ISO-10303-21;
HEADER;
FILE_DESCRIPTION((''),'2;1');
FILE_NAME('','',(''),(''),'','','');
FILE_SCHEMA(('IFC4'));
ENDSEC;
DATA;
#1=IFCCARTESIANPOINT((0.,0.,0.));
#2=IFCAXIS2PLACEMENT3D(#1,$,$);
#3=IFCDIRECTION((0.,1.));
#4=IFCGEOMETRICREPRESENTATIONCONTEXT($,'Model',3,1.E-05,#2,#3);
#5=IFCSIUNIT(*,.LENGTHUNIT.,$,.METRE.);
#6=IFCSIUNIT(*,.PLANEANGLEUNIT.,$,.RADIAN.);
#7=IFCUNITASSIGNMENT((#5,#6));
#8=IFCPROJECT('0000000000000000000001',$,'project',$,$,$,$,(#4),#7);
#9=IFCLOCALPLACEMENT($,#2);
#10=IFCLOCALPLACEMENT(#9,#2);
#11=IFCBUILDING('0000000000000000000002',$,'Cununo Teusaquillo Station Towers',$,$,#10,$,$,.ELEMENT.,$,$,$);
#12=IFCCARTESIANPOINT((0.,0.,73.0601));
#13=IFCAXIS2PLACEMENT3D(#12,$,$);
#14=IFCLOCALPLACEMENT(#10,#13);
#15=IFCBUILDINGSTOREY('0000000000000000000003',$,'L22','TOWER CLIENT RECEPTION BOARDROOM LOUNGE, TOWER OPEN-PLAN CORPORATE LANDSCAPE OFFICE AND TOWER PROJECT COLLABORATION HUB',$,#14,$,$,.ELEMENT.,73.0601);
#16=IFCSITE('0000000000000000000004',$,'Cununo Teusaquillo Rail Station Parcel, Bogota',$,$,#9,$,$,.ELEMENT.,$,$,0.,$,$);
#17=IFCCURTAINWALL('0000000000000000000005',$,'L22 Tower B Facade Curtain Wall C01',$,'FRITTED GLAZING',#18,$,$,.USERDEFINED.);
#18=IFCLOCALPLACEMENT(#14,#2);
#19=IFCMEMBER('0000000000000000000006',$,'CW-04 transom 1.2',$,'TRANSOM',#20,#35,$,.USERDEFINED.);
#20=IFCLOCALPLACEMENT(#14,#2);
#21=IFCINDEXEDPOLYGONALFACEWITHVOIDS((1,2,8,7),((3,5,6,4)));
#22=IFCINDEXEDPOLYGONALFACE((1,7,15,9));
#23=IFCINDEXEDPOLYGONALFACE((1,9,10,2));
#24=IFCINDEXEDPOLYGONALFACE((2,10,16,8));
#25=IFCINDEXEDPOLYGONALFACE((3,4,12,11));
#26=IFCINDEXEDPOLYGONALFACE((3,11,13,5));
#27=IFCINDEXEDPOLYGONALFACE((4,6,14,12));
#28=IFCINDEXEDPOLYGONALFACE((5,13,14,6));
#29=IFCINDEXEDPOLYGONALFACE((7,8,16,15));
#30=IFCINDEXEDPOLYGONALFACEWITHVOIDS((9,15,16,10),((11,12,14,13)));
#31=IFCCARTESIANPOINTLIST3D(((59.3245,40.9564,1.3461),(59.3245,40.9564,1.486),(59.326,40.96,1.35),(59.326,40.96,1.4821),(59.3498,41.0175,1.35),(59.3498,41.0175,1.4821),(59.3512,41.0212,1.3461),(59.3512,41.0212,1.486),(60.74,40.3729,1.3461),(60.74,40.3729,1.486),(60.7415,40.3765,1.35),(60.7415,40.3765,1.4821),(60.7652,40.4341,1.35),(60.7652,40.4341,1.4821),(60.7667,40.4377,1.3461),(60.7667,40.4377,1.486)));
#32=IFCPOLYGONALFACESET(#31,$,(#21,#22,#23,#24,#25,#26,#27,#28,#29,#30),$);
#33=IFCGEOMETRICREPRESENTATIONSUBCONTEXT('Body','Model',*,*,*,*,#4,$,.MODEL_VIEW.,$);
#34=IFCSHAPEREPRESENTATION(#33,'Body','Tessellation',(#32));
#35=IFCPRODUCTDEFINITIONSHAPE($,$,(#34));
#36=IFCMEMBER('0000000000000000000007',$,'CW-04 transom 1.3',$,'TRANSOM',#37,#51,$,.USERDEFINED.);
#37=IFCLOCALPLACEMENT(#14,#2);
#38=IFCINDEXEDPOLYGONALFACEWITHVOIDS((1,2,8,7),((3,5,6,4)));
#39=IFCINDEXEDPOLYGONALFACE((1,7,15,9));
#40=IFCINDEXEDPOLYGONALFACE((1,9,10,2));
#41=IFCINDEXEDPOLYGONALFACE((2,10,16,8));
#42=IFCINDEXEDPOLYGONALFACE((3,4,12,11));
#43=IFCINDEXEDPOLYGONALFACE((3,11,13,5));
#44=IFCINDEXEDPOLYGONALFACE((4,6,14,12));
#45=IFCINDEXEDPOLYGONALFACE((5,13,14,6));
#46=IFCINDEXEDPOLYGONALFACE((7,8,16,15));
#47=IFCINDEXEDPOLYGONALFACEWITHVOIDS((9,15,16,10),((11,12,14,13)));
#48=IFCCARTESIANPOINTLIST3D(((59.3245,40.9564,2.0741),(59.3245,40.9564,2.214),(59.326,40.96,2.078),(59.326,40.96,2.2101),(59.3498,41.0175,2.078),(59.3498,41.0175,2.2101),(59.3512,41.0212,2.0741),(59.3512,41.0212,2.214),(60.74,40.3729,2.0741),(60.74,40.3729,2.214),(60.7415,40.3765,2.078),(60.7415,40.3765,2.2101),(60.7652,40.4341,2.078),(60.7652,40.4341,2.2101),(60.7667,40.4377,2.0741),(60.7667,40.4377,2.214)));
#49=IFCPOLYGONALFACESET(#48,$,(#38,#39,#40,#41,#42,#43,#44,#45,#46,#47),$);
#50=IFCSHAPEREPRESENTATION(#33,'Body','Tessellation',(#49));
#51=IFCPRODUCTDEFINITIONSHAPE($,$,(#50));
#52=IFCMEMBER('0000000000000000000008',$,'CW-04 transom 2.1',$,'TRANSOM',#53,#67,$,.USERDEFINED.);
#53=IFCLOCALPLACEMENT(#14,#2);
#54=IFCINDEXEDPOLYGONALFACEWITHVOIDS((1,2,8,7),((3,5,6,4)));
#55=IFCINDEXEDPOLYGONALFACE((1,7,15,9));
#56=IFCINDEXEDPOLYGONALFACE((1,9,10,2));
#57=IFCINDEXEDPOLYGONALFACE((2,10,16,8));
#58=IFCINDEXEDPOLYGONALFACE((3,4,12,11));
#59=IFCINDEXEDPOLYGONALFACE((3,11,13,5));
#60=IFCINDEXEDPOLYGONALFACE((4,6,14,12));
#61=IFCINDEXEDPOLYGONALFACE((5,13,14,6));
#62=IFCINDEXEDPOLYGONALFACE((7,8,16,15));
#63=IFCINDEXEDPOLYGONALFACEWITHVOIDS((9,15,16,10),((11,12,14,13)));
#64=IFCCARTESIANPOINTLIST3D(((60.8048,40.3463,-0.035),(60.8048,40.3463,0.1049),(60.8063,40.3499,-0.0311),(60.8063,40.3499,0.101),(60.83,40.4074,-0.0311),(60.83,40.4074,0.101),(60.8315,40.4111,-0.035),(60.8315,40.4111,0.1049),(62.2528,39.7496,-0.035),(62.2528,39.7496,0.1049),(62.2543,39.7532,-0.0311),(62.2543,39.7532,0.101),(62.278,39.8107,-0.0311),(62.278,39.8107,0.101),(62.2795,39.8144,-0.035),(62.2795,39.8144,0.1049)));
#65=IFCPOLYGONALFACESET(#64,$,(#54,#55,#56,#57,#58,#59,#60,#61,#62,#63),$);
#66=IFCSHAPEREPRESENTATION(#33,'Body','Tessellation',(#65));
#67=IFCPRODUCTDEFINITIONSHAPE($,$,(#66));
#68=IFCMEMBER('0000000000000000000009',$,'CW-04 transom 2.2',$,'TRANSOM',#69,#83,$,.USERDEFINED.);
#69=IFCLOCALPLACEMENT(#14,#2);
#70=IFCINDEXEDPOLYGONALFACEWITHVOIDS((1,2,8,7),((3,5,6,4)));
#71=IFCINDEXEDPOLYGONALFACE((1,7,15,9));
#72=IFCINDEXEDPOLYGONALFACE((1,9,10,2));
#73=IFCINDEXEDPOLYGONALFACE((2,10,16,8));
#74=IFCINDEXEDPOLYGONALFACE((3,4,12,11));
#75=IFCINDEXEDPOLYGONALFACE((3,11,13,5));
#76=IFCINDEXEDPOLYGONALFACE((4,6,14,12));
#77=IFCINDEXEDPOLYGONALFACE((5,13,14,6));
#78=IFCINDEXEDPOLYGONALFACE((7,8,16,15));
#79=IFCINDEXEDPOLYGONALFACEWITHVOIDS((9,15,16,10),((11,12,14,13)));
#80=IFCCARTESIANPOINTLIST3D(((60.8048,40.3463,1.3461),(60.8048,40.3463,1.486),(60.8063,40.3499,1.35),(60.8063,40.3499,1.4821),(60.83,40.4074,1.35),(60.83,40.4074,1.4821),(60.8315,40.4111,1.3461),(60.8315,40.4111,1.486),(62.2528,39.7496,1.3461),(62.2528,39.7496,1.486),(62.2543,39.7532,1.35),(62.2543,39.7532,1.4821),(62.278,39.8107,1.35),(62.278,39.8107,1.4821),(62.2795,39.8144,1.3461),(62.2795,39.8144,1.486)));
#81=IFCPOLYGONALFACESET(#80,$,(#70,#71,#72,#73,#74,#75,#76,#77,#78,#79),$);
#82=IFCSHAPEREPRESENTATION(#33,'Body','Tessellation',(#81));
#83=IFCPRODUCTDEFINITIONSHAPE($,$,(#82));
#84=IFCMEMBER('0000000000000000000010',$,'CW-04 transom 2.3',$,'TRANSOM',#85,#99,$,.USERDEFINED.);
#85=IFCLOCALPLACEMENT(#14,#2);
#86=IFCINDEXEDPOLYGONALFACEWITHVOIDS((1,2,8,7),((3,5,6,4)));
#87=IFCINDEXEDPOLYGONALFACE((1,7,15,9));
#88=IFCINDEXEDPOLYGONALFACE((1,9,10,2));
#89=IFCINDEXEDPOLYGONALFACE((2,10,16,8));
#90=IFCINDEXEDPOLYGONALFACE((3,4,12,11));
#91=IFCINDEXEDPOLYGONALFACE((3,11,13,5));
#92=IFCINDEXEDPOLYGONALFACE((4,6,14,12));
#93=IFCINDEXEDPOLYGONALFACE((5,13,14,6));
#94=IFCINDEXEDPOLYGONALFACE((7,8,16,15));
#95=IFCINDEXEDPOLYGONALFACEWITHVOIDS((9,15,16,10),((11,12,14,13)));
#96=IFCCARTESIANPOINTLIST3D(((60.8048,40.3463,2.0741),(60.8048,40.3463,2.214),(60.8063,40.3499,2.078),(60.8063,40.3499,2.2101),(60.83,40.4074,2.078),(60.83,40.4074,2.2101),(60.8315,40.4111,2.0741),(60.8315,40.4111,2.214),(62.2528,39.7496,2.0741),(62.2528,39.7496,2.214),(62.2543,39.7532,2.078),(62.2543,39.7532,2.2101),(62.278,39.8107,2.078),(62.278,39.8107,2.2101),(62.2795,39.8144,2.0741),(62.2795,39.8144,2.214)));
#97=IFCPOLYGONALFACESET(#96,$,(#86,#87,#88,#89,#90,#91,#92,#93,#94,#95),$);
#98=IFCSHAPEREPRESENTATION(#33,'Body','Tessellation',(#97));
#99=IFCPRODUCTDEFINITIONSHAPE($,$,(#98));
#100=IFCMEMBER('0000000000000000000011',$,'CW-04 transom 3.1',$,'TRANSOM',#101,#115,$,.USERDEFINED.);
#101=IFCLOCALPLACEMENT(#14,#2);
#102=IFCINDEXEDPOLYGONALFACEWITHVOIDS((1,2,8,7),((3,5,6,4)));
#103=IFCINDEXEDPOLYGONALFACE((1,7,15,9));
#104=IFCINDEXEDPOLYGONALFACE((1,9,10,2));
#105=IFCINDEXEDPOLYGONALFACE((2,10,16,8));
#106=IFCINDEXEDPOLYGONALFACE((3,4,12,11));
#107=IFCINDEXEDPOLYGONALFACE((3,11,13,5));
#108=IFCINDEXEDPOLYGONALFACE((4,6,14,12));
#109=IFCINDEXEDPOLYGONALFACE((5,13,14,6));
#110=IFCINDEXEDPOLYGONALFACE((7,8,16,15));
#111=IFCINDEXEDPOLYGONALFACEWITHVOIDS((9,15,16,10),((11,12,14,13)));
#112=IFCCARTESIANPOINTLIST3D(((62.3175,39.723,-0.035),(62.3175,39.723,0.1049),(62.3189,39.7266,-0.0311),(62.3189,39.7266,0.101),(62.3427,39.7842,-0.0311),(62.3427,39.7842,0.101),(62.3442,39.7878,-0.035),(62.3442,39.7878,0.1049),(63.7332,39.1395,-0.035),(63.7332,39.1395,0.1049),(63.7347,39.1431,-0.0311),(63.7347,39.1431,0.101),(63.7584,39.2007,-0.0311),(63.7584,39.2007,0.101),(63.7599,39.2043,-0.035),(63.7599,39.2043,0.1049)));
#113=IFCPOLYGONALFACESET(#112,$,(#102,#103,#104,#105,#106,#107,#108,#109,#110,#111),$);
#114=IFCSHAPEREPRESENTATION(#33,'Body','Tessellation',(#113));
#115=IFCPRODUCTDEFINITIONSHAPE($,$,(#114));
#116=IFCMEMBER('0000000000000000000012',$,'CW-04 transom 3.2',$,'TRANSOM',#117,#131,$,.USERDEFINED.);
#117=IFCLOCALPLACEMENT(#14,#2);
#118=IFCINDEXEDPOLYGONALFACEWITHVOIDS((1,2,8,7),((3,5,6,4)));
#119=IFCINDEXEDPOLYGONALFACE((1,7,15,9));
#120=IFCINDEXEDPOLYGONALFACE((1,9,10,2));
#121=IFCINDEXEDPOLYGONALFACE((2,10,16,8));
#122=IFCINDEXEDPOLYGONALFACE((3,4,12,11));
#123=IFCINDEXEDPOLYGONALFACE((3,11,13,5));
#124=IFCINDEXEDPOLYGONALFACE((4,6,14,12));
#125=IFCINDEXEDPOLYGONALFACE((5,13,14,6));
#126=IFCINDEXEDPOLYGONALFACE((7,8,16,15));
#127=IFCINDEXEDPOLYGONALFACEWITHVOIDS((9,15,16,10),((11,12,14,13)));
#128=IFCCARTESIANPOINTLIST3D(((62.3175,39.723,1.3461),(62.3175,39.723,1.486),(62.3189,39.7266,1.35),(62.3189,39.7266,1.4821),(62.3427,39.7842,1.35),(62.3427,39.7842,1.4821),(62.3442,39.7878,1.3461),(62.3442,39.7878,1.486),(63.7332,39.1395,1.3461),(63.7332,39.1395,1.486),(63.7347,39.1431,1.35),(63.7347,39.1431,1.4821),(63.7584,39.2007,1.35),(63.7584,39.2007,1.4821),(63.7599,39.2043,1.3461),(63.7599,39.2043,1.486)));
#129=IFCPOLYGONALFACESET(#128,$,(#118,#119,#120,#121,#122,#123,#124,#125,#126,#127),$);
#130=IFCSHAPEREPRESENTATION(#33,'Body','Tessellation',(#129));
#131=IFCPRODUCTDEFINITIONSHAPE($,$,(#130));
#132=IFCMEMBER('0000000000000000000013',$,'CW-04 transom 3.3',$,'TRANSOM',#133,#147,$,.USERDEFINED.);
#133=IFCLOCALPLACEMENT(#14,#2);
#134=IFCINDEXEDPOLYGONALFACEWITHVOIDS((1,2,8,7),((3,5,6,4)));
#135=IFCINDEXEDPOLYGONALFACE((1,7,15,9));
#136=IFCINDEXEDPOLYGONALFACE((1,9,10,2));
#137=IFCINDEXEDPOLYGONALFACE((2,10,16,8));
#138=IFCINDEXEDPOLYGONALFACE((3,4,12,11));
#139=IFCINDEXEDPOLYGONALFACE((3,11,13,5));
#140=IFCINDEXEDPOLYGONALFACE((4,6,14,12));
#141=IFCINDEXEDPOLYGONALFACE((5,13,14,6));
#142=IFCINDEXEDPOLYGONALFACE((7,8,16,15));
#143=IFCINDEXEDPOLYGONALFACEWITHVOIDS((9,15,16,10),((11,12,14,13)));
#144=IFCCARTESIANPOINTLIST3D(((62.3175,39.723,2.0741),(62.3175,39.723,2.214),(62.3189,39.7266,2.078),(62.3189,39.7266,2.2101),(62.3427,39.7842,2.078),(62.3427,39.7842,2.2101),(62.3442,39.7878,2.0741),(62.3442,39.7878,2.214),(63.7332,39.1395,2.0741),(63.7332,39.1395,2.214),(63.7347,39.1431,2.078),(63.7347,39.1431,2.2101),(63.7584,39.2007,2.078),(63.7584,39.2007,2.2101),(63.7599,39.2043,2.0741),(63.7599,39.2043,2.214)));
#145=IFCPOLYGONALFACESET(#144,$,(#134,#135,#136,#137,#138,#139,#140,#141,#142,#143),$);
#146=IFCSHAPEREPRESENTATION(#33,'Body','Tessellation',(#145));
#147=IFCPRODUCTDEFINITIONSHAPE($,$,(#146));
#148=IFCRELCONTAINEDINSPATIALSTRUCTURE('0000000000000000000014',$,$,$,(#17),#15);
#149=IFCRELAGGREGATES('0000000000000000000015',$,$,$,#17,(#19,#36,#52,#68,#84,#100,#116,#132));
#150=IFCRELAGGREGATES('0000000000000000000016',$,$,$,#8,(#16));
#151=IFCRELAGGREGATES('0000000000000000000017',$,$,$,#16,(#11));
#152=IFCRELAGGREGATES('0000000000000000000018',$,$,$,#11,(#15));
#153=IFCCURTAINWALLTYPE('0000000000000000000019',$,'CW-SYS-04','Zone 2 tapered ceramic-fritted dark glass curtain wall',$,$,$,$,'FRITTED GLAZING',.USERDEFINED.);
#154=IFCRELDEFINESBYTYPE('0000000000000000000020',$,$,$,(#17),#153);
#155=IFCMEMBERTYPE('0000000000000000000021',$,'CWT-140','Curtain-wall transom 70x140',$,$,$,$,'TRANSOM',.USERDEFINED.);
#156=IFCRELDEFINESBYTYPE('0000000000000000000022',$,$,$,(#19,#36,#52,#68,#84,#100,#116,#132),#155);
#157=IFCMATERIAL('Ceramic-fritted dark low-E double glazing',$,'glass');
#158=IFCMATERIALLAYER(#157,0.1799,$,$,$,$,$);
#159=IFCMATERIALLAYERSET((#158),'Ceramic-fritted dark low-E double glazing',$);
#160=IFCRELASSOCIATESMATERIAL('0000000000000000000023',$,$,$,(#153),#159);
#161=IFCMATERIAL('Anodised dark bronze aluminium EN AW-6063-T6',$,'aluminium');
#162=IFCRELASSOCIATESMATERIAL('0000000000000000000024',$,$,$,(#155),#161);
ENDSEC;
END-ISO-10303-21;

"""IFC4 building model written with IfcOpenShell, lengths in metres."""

from ifc_helpers import new_model, si_unit, direction, frame, origin, origin_2d, place, context, subcontext, project, spatial, hollow_rectangle, extrude, material, layer, layer_set, material_profile, profile_set, type_object, element, aggregate, save


model = new_model("IFC4")

# Units and contexts
model_context = context("Model", 3, precision=1e-05, world=origin(), true_north=direction((0.0, 1.0)))
body_context = subcontext(model_context, "Body", "Model", "MODEL_VIEW")
ifc_project = project(units=[si_unit("LENGTHUNIT", "METRE"), si_unit("PLANEANGLEUNIT", "RADIAN")], contexts=[model_context])

# Site, building, storey
site_placement = place(None, origin())
site = spatial("IfcSite", under=ifc_project, at=site_placement, Name="Cununo Teusaquillo Rail Station Parcel, Bogota", CompositionType="ELEMENT", RefElevation=0.0)
building_placement = place(site_placement, origin())
building = spatial("IfcBuilding", under=site, at=building_placement, Name="Cununo Teusaquillo Station Towers", CompositionType="ELEMENT")
storey_placement = place(building_placement, frame((0.0, 0.0, 73.0601)))
storey = spatial("IfcBuildingStorey", under=building, at=storey_placement, Name="L22", Description="TOWER CLIENT RECEPTION BOARDROOM LOUNGE, TOWER OPEN-PLAN CORPORATE LANDSCAPE OFFICE AND TOWER PROJECT COLLABORATION HUB", CompositionType="ELEMENT", Elevation=73.0601)

# Curtain wall, members
ifc_material_1 = material(Name="Ceramic-fritted dark low-E double glazing", Category="glass")
ifc_layer_1 = layer(ifc_material_1, 0.1799)
ifc_layer_set_1 = layer_set([ifc_layer_1], Name="Ceramic-fritted dark low-E double glazing")
curtain_wall_type = type_object("IfcCurtainWallType", Name="CW-SYS-04", Description="Zone 2 tapered ceramic-fritted dark glass curtain wall", ElementType="FRITTED GLAZING", PredefinedType="USERDEFINED", material=ifc_layer_set_1)
curtain_wall_placement = place(storey_placement, origin())
curtain_wall = element("IfcCurtainWall", 1, at=curtain_wall_placement, inside=storey, type_object=curtain_wall_type, Name="L22 Tower B Facade Curtain Wall C01", ObjectType="FRITTED GLAZING", PredefinedType="USERDEFINED")
ifc_material_2 = material(Name="Anodised dark bronze aluminium EN AW-6063-T6", Category="aluminium")
ifc_material_profile_1 = material_profile(ifc_material_2, hollow_rectangle(XDim=0.0701, YDim=0.1399, WallThickness=0.0039, at=origin_2d()), Name="CW-TRAN-70x140")
ifc_profile_set_1 = profile_set([ifc_material_profile_1], Name="Anodised dark bronze aluminium EN AW-6063-T6")
member_type_1 = type_object("IfcMemberType", Name="CWT-140", Description="Curtain-wall transom 70x140", ElementType="TRANSOM", PredefinedType="USERDEFINED", material=ifc_profile_set_1)
member_1_placement = place(storey_placement, frame((59.3379, 40.9888, 1.416), z_axis=(0.924533, -0.381103, 0.0), x_axis=(0.381103, 0.924533, 0.0)))
member_1 = element("IfcMember", 2, at=member_1_placement, type_object=member_type_1, Name="CW-04 transom 1.2", ObjectType="TRANSOM", PredefinedType="USERDEFINED", context=body_context, shape_type="SweptSolid", body=[
    extrude(hollow_rectangle(XDim=0.0701, YDim=0.1399, WallThickness=0.0039, at=origin_2d()), origin(), (0.0, 0.0, 1.0), 1.531),
])
member_2_placement = place(storey_placement, frame((59.3379, 40.9888, 2.144), z_axis=(0.924533, -0.381103, 0.0), x_axis=(0.381103, 0.924533, 0.0)))
member_2 = element("IfcMember", 3, at=member_2_placement, type_object=member_type_1, Name="CW-04 transom 1.3", ObjectType="TRANSOM", PredefinedType="USERDEFINED", context=body_context, shape_type="SweptSolid", body=[
    extrude(hollow_rectangle(XDim=0.0701, YDim=0.1399, WallThickness=0.0039, at=origin_2d()), origin(), (0.0, 0.0, 1.0), 1.531),
])
member_3_placement = place(storey_placement, frame((60.8181, 40.3787, 0.0349), z_axis=(0.924578, -0.380993, 0.0), x_axis=(0.380993, 0.924578, 0.0)))
member_3 = element("IfcMember", 4, at=member_3_placement, type_object=member_type_1, Name="CW-04 transom 2.1", ObjectType="TRANSOM", PredefinedType="USERDEFINED", context=body_context, shape_type="SweptSolid", body=[
    extrude(hollow_rectangle(XDim=0.0701, YDim=0.1399, WallThickness=0.0039, at=origin_2d()), origin(), (0.0, 0.0, 1.0), 1.5662),
])
member_4_placement = place(storey_placement, frame((60.8181, 40.3787, 1.416), z_axis=(0.924578, -0.380993, 0.0), x_axis=(0.380993, 0.924578, 0.0)))
member_4 = element("IfcMember", 5, at=member_4_placement, type_object=member_type_1, Name="CW-04 transom 2.2", ObjectType="TRANSOM", PredefinedType="USERDEFINED", context=body_context, shape_type="SweptSolid", body=[
    extrude(hollow_rectangle(XDim=0.0701, YDim=0.1399, WallThickness=0.0039, at=origin_2d()), origin(), (0.0, 0.0, 1.0), 1.5662),
])
member_5_placement = place(storey_placement, frame((60.8181, 40.3787, 2.144), z_axis=(0.924578, -0.380993, 0.0), x_axis=(0.380993, 0.924578, 0.0)))
member_5 = element("IfcMember", 6, at=member_5_placement, type_object=member_type_1, Name="CW-04 transom 2.3", ObjectType="TRANSOM", PredefinedType="USERDEFINED", context=body_context, shape_type="SweptSolid", body=[
    extrude(hollow_rectangle(XDim=0.0701, YDim=0.1399, WallThickness=0.0039, at=origin_2d()), origin(), (0.0, 0.0, 1.0), 1.5662),
])
member_6_placement = place(storey_placement, frame((62.3308, 39.7554, 0.0349), z_axis=(0.924556, -0.381046, 0.0), x_axis=(0.381046, 0.924556, 0.0)))
member_6 = element("IfcMember", 7, at=member_6_placement, type_object=member_type_1, Name="CW-04 transom 3.1", ObjectType="TRANSOM", PredefinedType="USERDEFINED", context=body_context, shape_type="SweptSolid", body=[
    extrude(hollow_rectangle(XDim=0.0701, YDim=0.1399, WallThickness=0.0039, at=origin_2d()), origin(), (0.0, 0.0, 1.0), 1.5312),
])
member_7_placement = place(storey_placement, frame((62.3308, 39.7554, 1.416), z_axis=(0.924556, -0.381046, 0.0), x_axis=(0.381046, 0.924556, 0.0)))
member_7 = element("IfcMember", 8, at=member_7_placement, type_object=member_type_1, Name="CW-04 transom 3.2", ObjectType="TRANSOM", PredefinedType="USERDEFINED", context=body_context, shape_type="SweptSolid", body=[
    extrude(hollow_rectangle(XDim=0.0701, YDim=0.1399, WallThickness=0.0039, at=origin_2d()), origin(), (0.0, 0.0, 1.0), 1.5312),
])
member_8_placement = place(storey_placement, frame((62.3308, 39.7554, 2.144), z_axis=(0.924556, -0.381046, 0.0), x_axis=(0.381046, 0.924556, 0.0)))
member_8 = element("IfcMember", 9, at=member_8_placement, type_object=member_type_1, Name="CW-04 transom 3.3", ObjectType="TRANSOM", PredefinedType="USERDEFINED", context=body_context, shape_type="SweptSolid", body=[
    extrude(hollow_rectangle(XDim=0.0701, YDim=0.1399, WallThickness=0.0039, at=origin_2d()), origin(), (0.0, 0.0, 1.0), 1.5312),
])

aggregate(curtain_wall, [member_1, member_2, member_3, member_4, member_5, member_6, member_7, member_8])

save(model, "model.ifc")
